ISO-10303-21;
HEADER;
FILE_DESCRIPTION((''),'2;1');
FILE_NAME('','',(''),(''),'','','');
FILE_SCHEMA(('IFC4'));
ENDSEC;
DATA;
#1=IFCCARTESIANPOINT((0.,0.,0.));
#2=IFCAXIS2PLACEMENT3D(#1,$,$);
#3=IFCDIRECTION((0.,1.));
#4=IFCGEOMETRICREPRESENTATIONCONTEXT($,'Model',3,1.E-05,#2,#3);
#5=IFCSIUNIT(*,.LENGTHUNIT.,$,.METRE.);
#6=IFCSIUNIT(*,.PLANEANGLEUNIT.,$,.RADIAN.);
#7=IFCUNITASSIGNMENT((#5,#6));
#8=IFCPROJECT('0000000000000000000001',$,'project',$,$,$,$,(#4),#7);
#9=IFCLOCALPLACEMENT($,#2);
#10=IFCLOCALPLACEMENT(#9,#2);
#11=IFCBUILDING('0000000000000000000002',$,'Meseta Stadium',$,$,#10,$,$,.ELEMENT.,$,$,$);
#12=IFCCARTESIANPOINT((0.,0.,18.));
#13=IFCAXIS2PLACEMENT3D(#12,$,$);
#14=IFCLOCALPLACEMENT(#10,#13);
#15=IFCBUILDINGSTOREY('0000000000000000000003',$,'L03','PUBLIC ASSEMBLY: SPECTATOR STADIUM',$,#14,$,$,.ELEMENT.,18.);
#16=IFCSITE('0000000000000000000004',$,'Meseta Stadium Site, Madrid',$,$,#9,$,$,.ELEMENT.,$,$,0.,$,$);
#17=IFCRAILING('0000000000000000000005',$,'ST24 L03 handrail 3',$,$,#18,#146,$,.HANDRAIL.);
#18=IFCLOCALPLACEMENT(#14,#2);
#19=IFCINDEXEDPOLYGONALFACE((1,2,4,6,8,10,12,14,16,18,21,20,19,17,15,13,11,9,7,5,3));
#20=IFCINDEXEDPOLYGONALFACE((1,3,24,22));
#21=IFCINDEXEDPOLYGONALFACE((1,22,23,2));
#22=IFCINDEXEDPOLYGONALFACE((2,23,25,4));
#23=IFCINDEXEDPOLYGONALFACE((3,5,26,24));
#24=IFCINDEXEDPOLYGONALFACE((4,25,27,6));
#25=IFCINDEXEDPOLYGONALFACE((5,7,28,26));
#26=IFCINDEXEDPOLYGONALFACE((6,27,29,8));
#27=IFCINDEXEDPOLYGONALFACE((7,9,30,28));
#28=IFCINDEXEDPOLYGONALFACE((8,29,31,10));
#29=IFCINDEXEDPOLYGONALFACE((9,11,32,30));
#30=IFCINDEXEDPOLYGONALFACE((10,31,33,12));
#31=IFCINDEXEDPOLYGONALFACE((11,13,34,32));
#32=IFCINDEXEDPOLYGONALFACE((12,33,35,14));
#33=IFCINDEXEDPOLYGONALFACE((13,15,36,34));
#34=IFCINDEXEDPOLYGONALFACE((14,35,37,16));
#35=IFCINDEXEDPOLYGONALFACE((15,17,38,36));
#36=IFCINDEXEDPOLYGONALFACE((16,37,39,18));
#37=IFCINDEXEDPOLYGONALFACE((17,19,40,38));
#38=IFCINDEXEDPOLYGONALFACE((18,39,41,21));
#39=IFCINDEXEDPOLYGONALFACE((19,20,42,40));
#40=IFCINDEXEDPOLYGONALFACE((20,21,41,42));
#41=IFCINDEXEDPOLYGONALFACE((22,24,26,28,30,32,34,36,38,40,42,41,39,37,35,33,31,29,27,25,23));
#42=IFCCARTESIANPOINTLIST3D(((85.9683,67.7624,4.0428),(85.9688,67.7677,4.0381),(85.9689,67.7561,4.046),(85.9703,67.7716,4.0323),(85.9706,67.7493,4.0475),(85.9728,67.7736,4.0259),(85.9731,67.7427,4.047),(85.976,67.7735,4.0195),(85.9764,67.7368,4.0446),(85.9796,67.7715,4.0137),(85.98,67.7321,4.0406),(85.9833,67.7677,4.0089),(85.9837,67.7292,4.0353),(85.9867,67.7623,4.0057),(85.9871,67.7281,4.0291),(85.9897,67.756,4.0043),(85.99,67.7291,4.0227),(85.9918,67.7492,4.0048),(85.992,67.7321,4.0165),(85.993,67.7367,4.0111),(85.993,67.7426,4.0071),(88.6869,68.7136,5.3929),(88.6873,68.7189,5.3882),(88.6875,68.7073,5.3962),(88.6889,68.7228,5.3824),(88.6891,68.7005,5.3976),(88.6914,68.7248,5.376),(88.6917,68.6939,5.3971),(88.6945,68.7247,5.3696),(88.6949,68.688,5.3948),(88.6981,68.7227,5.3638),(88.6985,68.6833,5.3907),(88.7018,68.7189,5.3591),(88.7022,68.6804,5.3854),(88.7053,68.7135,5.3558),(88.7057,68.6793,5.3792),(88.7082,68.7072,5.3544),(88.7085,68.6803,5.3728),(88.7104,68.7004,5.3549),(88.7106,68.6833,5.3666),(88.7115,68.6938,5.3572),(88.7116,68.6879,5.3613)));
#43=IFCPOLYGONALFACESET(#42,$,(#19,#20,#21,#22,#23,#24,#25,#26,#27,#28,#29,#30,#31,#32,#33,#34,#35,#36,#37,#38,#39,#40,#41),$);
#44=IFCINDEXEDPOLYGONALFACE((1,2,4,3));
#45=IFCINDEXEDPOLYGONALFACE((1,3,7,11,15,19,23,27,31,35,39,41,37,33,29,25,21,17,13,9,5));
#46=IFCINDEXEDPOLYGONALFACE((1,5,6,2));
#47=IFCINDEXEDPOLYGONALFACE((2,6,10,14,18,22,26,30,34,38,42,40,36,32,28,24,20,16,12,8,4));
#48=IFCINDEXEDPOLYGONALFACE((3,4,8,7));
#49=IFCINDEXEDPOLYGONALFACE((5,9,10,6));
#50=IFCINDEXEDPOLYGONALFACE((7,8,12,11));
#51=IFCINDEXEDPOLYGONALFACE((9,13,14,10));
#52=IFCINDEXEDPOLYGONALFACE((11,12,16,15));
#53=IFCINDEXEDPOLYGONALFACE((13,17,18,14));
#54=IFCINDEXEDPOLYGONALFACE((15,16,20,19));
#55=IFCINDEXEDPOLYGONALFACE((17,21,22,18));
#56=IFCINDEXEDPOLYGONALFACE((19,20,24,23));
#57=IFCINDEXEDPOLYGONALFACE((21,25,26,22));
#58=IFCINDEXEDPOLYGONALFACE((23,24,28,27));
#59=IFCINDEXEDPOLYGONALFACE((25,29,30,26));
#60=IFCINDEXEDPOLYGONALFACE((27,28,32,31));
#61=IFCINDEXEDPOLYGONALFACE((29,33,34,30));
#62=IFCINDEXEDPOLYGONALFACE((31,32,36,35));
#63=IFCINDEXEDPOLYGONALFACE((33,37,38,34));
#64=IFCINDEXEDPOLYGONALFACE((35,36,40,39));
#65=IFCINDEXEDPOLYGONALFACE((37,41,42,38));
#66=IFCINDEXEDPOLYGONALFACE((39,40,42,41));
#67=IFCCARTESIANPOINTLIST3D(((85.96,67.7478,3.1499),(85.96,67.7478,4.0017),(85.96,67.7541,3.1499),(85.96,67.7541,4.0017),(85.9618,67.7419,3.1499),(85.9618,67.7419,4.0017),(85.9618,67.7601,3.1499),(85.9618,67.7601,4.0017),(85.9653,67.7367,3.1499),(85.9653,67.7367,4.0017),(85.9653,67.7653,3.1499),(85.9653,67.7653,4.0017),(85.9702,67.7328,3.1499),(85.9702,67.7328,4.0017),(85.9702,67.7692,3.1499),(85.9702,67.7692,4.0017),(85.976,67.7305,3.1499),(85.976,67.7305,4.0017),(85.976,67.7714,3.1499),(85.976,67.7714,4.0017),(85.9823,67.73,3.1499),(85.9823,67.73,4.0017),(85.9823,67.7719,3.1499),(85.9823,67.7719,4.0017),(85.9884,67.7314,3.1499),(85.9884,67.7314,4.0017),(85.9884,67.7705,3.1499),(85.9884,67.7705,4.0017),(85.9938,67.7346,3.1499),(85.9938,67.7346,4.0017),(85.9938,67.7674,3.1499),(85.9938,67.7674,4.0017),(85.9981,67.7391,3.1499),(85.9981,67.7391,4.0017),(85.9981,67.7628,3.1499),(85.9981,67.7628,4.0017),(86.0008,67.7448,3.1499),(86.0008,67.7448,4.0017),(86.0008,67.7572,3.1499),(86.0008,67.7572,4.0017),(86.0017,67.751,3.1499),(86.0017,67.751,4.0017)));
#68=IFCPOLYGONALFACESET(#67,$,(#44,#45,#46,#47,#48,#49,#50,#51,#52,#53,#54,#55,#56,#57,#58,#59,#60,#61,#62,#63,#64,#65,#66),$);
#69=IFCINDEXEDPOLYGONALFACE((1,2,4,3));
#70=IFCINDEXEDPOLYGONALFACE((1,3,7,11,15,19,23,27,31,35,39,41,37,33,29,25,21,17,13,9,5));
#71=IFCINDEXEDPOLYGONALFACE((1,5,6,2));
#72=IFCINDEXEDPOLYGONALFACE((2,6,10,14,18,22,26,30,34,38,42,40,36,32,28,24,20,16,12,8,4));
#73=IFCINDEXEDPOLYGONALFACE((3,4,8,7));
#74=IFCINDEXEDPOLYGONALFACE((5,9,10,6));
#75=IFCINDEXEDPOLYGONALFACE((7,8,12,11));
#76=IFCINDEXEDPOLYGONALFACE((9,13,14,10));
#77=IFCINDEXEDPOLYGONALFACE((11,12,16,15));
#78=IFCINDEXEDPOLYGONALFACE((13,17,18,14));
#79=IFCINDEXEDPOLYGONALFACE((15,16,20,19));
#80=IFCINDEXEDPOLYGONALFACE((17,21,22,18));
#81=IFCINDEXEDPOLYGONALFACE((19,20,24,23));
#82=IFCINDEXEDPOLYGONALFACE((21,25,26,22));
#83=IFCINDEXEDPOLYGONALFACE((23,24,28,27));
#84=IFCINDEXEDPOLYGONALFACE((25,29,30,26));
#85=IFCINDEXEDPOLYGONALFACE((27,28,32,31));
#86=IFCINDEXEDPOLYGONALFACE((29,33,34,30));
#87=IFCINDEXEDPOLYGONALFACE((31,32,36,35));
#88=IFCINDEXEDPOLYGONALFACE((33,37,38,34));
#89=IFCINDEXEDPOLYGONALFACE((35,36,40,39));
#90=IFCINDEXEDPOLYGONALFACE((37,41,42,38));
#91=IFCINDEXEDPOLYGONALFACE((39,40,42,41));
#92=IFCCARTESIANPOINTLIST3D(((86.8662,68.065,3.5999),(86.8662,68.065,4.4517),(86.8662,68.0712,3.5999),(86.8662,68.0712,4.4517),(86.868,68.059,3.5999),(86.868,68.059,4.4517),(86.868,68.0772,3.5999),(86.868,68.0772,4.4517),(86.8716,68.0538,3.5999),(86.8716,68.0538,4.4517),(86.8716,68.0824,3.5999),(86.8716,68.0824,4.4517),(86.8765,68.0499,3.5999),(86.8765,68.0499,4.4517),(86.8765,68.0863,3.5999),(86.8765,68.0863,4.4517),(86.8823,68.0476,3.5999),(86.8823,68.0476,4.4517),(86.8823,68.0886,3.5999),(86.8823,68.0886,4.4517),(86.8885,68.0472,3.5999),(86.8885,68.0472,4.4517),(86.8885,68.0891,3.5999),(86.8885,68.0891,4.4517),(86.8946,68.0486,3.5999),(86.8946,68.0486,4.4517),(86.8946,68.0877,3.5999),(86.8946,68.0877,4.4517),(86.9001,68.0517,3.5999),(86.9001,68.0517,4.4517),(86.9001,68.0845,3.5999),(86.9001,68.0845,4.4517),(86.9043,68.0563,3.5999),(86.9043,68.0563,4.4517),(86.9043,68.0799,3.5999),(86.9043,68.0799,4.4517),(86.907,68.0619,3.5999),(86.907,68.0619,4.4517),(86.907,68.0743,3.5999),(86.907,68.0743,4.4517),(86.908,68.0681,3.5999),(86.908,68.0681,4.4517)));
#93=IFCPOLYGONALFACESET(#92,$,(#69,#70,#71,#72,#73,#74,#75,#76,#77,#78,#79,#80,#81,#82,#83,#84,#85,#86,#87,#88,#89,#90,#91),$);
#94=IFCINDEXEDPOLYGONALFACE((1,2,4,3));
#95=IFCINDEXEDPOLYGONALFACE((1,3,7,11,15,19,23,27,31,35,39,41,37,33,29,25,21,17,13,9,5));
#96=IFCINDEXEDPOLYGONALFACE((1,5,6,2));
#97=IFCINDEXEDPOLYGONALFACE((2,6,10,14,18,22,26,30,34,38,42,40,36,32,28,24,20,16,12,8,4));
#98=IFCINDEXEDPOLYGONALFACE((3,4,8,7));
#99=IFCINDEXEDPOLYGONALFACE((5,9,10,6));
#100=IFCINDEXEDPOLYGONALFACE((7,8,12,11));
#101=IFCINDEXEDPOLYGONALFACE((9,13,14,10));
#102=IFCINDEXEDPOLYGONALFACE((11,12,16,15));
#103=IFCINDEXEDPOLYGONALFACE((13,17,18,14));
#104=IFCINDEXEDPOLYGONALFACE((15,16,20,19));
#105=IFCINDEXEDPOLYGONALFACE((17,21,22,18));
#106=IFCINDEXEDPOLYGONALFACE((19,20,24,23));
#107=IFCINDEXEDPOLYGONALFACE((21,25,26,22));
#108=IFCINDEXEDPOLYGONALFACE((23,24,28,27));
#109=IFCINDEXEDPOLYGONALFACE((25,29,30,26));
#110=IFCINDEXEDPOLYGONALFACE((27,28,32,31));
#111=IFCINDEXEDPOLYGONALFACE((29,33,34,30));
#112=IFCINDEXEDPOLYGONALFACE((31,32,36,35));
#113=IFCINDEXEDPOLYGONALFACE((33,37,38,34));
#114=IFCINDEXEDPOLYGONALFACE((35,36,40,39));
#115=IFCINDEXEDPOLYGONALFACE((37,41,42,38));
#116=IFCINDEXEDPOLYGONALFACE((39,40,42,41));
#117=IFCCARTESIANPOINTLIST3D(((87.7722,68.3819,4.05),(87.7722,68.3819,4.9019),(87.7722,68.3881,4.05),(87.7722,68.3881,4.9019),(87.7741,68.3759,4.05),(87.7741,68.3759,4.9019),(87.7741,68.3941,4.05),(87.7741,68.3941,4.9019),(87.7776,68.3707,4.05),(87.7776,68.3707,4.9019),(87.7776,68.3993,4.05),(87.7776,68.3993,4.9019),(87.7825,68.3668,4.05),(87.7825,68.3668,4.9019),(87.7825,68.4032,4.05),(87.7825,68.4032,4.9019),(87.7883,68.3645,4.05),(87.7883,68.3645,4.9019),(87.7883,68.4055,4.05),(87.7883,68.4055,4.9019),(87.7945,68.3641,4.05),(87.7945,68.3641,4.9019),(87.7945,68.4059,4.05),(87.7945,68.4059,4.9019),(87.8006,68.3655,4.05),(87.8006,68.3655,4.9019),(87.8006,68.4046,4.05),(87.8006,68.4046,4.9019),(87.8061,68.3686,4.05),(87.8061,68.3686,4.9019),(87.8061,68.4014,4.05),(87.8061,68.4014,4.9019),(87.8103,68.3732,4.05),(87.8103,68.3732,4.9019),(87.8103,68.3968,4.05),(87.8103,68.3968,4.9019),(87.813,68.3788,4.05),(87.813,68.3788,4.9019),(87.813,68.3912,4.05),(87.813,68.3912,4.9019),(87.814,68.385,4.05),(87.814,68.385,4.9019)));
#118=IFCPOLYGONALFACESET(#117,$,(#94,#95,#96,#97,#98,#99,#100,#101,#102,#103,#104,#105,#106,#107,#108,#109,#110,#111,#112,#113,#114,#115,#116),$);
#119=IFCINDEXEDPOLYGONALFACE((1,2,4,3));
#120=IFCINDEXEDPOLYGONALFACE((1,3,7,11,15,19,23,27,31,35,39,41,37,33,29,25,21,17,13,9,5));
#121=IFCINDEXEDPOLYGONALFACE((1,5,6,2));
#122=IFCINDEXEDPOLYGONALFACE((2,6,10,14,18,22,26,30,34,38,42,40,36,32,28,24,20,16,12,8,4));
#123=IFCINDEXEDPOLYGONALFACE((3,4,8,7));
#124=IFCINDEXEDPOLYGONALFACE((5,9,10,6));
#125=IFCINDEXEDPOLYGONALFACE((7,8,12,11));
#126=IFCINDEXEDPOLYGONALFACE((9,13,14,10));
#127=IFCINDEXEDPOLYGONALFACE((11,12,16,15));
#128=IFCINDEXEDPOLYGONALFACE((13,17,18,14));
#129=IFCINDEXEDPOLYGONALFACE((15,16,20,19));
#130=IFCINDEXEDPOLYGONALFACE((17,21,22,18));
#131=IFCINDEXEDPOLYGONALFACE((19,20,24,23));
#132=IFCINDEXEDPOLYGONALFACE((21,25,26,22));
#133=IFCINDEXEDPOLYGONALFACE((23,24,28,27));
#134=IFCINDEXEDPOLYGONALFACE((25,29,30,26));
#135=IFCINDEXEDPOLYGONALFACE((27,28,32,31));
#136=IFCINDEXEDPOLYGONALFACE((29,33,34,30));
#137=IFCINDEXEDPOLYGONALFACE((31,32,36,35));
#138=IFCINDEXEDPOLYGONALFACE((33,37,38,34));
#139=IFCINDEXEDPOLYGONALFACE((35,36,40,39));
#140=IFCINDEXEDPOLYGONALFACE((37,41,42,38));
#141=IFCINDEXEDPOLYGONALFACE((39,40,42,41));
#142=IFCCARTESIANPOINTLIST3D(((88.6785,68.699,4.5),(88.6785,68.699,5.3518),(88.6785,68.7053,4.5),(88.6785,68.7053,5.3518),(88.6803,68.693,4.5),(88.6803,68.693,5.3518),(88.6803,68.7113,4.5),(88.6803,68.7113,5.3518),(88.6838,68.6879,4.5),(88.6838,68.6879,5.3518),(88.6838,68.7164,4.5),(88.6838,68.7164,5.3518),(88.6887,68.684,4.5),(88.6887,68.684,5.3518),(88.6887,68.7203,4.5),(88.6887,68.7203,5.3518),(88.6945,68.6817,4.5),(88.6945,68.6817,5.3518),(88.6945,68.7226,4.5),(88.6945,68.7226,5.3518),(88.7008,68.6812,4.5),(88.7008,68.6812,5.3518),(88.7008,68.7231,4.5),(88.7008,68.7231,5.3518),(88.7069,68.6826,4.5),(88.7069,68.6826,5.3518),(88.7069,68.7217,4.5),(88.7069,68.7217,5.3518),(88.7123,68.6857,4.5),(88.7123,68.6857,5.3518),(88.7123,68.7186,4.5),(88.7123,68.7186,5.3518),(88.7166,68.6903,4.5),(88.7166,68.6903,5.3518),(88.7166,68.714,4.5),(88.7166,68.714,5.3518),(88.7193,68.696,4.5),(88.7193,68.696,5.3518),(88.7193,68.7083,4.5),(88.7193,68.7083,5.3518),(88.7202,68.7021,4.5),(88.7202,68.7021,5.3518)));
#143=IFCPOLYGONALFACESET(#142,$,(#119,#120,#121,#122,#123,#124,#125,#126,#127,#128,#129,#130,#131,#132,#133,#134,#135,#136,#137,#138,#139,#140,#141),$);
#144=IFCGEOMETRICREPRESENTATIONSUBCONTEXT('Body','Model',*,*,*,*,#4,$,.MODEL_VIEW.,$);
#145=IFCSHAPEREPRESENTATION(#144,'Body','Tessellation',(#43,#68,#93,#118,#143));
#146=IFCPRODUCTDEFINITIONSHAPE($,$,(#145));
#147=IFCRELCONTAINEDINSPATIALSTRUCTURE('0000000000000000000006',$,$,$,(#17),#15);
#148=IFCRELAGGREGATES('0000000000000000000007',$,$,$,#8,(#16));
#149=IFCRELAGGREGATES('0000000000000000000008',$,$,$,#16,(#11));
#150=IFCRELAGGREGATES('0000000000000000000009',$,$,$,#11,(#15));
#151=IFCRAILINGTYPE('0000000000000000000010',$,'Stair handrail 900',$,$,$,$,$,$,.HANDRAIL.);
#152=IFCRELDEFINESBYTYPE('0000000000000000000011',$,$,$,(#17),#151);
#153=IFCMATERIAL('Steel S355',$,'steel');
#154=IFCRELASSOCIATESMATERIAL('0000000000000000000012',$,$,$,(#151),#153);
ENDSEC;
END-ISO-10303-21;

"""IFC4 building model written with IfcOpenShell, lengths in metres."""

from ifc_helpers import new_model, si_unit, direction, frame, origin, origin_2d, place, context, subcontext, project, spatial, circle, extrude, material, type_object, element, save


model = new_model("IFC4")

# Units and contexts
model_context = context("Model", 3, precision=1e-05, world=origin(), true_north=direction((0.0, 1.0)))
body_context = subcontext(model_context, "Body", "Model", "MODEL_VIEW")
ifc_project = project(units=[si_unit("LENGTHUNIT", "METRE"), si_unit("PLANEANGLEUNIT", "RADIAN")], contexts=[model_context])

# Site, building, storey
site_placement = place(None, origin())
site = spatial("IfcSite", under=ifc_project, at=site_placement, Name="Meseta Stadium Site, Madrid", CompositionType="ELEMENT", RefElevation=0.0)
building_placement = place(site_placement, origin())
building = spatial("IfcBuilding", under=site, at=building_placement, Name="Meseta Stadium", CompositionType="ELEMENT")
storey_placement = place(building_placement, frame((0.0, 0.0, 18.0)))
storey = spatial("IfcBuildingStorey", under=building, at=storey_placement, Name="L03", Description="PUBLIC ASSEMBLY: SPECTATOR STADIUM", CompositionType="ELEMENT", Elevation=18.0)

# Railing
ifc_material_1 = material(Name="Steel S355", Category="steel")
railing_type_1 = type_object("IfcRailingType", Name="Stair handrail 900", PredefinedType="HANDRAIL", material=ifc_material_1)
railing_1_placement = place(storey_placement, frame((85.9807, 67.751, 3.1499)))
element("IfcRailing", 1, at=railing_1_placement, inside=storey, type_object=railing_type_1, Name="ST24 L03 handrail 3", PredefinedType="HANDRAIL", context=body_context, shape_type="SweptSolid", body=[
    extrude(circle(Radius=0.0239, at=origin_2d()), frame((0.0, 0.0, 0.876), z_axis=(0.854649, 0.299031, 0.424446), x_axis=(-0.330256, 0.943891, 0.0)), (0.0, 0.0, 1.0), 3.1809),
    extrude(circle(Radius=0.021, at=origin_2d()), origin(), (0.0, 0.0, 1.0), 0.8518),
    extrude(circle(Radius=0.021, at=origin_2d()), frame((0.9062, 0.3171, 0.45)), (0.0, 0.0, 1.0), 0.8518),
    extrude(circle(Radius=0.021, at=origin_2d()), frame((1.8123, 0.634, 0.9001)), (0.0, 0.0, 1.0), 0.8518),
    extrude(circle(Radius=0.021, at=origin_2d()), frame((2.7185, 0.9512, 1.3501)), (0.0, 0.0, 1.0), 0.8518),
])

save(model, "model.ifc")
